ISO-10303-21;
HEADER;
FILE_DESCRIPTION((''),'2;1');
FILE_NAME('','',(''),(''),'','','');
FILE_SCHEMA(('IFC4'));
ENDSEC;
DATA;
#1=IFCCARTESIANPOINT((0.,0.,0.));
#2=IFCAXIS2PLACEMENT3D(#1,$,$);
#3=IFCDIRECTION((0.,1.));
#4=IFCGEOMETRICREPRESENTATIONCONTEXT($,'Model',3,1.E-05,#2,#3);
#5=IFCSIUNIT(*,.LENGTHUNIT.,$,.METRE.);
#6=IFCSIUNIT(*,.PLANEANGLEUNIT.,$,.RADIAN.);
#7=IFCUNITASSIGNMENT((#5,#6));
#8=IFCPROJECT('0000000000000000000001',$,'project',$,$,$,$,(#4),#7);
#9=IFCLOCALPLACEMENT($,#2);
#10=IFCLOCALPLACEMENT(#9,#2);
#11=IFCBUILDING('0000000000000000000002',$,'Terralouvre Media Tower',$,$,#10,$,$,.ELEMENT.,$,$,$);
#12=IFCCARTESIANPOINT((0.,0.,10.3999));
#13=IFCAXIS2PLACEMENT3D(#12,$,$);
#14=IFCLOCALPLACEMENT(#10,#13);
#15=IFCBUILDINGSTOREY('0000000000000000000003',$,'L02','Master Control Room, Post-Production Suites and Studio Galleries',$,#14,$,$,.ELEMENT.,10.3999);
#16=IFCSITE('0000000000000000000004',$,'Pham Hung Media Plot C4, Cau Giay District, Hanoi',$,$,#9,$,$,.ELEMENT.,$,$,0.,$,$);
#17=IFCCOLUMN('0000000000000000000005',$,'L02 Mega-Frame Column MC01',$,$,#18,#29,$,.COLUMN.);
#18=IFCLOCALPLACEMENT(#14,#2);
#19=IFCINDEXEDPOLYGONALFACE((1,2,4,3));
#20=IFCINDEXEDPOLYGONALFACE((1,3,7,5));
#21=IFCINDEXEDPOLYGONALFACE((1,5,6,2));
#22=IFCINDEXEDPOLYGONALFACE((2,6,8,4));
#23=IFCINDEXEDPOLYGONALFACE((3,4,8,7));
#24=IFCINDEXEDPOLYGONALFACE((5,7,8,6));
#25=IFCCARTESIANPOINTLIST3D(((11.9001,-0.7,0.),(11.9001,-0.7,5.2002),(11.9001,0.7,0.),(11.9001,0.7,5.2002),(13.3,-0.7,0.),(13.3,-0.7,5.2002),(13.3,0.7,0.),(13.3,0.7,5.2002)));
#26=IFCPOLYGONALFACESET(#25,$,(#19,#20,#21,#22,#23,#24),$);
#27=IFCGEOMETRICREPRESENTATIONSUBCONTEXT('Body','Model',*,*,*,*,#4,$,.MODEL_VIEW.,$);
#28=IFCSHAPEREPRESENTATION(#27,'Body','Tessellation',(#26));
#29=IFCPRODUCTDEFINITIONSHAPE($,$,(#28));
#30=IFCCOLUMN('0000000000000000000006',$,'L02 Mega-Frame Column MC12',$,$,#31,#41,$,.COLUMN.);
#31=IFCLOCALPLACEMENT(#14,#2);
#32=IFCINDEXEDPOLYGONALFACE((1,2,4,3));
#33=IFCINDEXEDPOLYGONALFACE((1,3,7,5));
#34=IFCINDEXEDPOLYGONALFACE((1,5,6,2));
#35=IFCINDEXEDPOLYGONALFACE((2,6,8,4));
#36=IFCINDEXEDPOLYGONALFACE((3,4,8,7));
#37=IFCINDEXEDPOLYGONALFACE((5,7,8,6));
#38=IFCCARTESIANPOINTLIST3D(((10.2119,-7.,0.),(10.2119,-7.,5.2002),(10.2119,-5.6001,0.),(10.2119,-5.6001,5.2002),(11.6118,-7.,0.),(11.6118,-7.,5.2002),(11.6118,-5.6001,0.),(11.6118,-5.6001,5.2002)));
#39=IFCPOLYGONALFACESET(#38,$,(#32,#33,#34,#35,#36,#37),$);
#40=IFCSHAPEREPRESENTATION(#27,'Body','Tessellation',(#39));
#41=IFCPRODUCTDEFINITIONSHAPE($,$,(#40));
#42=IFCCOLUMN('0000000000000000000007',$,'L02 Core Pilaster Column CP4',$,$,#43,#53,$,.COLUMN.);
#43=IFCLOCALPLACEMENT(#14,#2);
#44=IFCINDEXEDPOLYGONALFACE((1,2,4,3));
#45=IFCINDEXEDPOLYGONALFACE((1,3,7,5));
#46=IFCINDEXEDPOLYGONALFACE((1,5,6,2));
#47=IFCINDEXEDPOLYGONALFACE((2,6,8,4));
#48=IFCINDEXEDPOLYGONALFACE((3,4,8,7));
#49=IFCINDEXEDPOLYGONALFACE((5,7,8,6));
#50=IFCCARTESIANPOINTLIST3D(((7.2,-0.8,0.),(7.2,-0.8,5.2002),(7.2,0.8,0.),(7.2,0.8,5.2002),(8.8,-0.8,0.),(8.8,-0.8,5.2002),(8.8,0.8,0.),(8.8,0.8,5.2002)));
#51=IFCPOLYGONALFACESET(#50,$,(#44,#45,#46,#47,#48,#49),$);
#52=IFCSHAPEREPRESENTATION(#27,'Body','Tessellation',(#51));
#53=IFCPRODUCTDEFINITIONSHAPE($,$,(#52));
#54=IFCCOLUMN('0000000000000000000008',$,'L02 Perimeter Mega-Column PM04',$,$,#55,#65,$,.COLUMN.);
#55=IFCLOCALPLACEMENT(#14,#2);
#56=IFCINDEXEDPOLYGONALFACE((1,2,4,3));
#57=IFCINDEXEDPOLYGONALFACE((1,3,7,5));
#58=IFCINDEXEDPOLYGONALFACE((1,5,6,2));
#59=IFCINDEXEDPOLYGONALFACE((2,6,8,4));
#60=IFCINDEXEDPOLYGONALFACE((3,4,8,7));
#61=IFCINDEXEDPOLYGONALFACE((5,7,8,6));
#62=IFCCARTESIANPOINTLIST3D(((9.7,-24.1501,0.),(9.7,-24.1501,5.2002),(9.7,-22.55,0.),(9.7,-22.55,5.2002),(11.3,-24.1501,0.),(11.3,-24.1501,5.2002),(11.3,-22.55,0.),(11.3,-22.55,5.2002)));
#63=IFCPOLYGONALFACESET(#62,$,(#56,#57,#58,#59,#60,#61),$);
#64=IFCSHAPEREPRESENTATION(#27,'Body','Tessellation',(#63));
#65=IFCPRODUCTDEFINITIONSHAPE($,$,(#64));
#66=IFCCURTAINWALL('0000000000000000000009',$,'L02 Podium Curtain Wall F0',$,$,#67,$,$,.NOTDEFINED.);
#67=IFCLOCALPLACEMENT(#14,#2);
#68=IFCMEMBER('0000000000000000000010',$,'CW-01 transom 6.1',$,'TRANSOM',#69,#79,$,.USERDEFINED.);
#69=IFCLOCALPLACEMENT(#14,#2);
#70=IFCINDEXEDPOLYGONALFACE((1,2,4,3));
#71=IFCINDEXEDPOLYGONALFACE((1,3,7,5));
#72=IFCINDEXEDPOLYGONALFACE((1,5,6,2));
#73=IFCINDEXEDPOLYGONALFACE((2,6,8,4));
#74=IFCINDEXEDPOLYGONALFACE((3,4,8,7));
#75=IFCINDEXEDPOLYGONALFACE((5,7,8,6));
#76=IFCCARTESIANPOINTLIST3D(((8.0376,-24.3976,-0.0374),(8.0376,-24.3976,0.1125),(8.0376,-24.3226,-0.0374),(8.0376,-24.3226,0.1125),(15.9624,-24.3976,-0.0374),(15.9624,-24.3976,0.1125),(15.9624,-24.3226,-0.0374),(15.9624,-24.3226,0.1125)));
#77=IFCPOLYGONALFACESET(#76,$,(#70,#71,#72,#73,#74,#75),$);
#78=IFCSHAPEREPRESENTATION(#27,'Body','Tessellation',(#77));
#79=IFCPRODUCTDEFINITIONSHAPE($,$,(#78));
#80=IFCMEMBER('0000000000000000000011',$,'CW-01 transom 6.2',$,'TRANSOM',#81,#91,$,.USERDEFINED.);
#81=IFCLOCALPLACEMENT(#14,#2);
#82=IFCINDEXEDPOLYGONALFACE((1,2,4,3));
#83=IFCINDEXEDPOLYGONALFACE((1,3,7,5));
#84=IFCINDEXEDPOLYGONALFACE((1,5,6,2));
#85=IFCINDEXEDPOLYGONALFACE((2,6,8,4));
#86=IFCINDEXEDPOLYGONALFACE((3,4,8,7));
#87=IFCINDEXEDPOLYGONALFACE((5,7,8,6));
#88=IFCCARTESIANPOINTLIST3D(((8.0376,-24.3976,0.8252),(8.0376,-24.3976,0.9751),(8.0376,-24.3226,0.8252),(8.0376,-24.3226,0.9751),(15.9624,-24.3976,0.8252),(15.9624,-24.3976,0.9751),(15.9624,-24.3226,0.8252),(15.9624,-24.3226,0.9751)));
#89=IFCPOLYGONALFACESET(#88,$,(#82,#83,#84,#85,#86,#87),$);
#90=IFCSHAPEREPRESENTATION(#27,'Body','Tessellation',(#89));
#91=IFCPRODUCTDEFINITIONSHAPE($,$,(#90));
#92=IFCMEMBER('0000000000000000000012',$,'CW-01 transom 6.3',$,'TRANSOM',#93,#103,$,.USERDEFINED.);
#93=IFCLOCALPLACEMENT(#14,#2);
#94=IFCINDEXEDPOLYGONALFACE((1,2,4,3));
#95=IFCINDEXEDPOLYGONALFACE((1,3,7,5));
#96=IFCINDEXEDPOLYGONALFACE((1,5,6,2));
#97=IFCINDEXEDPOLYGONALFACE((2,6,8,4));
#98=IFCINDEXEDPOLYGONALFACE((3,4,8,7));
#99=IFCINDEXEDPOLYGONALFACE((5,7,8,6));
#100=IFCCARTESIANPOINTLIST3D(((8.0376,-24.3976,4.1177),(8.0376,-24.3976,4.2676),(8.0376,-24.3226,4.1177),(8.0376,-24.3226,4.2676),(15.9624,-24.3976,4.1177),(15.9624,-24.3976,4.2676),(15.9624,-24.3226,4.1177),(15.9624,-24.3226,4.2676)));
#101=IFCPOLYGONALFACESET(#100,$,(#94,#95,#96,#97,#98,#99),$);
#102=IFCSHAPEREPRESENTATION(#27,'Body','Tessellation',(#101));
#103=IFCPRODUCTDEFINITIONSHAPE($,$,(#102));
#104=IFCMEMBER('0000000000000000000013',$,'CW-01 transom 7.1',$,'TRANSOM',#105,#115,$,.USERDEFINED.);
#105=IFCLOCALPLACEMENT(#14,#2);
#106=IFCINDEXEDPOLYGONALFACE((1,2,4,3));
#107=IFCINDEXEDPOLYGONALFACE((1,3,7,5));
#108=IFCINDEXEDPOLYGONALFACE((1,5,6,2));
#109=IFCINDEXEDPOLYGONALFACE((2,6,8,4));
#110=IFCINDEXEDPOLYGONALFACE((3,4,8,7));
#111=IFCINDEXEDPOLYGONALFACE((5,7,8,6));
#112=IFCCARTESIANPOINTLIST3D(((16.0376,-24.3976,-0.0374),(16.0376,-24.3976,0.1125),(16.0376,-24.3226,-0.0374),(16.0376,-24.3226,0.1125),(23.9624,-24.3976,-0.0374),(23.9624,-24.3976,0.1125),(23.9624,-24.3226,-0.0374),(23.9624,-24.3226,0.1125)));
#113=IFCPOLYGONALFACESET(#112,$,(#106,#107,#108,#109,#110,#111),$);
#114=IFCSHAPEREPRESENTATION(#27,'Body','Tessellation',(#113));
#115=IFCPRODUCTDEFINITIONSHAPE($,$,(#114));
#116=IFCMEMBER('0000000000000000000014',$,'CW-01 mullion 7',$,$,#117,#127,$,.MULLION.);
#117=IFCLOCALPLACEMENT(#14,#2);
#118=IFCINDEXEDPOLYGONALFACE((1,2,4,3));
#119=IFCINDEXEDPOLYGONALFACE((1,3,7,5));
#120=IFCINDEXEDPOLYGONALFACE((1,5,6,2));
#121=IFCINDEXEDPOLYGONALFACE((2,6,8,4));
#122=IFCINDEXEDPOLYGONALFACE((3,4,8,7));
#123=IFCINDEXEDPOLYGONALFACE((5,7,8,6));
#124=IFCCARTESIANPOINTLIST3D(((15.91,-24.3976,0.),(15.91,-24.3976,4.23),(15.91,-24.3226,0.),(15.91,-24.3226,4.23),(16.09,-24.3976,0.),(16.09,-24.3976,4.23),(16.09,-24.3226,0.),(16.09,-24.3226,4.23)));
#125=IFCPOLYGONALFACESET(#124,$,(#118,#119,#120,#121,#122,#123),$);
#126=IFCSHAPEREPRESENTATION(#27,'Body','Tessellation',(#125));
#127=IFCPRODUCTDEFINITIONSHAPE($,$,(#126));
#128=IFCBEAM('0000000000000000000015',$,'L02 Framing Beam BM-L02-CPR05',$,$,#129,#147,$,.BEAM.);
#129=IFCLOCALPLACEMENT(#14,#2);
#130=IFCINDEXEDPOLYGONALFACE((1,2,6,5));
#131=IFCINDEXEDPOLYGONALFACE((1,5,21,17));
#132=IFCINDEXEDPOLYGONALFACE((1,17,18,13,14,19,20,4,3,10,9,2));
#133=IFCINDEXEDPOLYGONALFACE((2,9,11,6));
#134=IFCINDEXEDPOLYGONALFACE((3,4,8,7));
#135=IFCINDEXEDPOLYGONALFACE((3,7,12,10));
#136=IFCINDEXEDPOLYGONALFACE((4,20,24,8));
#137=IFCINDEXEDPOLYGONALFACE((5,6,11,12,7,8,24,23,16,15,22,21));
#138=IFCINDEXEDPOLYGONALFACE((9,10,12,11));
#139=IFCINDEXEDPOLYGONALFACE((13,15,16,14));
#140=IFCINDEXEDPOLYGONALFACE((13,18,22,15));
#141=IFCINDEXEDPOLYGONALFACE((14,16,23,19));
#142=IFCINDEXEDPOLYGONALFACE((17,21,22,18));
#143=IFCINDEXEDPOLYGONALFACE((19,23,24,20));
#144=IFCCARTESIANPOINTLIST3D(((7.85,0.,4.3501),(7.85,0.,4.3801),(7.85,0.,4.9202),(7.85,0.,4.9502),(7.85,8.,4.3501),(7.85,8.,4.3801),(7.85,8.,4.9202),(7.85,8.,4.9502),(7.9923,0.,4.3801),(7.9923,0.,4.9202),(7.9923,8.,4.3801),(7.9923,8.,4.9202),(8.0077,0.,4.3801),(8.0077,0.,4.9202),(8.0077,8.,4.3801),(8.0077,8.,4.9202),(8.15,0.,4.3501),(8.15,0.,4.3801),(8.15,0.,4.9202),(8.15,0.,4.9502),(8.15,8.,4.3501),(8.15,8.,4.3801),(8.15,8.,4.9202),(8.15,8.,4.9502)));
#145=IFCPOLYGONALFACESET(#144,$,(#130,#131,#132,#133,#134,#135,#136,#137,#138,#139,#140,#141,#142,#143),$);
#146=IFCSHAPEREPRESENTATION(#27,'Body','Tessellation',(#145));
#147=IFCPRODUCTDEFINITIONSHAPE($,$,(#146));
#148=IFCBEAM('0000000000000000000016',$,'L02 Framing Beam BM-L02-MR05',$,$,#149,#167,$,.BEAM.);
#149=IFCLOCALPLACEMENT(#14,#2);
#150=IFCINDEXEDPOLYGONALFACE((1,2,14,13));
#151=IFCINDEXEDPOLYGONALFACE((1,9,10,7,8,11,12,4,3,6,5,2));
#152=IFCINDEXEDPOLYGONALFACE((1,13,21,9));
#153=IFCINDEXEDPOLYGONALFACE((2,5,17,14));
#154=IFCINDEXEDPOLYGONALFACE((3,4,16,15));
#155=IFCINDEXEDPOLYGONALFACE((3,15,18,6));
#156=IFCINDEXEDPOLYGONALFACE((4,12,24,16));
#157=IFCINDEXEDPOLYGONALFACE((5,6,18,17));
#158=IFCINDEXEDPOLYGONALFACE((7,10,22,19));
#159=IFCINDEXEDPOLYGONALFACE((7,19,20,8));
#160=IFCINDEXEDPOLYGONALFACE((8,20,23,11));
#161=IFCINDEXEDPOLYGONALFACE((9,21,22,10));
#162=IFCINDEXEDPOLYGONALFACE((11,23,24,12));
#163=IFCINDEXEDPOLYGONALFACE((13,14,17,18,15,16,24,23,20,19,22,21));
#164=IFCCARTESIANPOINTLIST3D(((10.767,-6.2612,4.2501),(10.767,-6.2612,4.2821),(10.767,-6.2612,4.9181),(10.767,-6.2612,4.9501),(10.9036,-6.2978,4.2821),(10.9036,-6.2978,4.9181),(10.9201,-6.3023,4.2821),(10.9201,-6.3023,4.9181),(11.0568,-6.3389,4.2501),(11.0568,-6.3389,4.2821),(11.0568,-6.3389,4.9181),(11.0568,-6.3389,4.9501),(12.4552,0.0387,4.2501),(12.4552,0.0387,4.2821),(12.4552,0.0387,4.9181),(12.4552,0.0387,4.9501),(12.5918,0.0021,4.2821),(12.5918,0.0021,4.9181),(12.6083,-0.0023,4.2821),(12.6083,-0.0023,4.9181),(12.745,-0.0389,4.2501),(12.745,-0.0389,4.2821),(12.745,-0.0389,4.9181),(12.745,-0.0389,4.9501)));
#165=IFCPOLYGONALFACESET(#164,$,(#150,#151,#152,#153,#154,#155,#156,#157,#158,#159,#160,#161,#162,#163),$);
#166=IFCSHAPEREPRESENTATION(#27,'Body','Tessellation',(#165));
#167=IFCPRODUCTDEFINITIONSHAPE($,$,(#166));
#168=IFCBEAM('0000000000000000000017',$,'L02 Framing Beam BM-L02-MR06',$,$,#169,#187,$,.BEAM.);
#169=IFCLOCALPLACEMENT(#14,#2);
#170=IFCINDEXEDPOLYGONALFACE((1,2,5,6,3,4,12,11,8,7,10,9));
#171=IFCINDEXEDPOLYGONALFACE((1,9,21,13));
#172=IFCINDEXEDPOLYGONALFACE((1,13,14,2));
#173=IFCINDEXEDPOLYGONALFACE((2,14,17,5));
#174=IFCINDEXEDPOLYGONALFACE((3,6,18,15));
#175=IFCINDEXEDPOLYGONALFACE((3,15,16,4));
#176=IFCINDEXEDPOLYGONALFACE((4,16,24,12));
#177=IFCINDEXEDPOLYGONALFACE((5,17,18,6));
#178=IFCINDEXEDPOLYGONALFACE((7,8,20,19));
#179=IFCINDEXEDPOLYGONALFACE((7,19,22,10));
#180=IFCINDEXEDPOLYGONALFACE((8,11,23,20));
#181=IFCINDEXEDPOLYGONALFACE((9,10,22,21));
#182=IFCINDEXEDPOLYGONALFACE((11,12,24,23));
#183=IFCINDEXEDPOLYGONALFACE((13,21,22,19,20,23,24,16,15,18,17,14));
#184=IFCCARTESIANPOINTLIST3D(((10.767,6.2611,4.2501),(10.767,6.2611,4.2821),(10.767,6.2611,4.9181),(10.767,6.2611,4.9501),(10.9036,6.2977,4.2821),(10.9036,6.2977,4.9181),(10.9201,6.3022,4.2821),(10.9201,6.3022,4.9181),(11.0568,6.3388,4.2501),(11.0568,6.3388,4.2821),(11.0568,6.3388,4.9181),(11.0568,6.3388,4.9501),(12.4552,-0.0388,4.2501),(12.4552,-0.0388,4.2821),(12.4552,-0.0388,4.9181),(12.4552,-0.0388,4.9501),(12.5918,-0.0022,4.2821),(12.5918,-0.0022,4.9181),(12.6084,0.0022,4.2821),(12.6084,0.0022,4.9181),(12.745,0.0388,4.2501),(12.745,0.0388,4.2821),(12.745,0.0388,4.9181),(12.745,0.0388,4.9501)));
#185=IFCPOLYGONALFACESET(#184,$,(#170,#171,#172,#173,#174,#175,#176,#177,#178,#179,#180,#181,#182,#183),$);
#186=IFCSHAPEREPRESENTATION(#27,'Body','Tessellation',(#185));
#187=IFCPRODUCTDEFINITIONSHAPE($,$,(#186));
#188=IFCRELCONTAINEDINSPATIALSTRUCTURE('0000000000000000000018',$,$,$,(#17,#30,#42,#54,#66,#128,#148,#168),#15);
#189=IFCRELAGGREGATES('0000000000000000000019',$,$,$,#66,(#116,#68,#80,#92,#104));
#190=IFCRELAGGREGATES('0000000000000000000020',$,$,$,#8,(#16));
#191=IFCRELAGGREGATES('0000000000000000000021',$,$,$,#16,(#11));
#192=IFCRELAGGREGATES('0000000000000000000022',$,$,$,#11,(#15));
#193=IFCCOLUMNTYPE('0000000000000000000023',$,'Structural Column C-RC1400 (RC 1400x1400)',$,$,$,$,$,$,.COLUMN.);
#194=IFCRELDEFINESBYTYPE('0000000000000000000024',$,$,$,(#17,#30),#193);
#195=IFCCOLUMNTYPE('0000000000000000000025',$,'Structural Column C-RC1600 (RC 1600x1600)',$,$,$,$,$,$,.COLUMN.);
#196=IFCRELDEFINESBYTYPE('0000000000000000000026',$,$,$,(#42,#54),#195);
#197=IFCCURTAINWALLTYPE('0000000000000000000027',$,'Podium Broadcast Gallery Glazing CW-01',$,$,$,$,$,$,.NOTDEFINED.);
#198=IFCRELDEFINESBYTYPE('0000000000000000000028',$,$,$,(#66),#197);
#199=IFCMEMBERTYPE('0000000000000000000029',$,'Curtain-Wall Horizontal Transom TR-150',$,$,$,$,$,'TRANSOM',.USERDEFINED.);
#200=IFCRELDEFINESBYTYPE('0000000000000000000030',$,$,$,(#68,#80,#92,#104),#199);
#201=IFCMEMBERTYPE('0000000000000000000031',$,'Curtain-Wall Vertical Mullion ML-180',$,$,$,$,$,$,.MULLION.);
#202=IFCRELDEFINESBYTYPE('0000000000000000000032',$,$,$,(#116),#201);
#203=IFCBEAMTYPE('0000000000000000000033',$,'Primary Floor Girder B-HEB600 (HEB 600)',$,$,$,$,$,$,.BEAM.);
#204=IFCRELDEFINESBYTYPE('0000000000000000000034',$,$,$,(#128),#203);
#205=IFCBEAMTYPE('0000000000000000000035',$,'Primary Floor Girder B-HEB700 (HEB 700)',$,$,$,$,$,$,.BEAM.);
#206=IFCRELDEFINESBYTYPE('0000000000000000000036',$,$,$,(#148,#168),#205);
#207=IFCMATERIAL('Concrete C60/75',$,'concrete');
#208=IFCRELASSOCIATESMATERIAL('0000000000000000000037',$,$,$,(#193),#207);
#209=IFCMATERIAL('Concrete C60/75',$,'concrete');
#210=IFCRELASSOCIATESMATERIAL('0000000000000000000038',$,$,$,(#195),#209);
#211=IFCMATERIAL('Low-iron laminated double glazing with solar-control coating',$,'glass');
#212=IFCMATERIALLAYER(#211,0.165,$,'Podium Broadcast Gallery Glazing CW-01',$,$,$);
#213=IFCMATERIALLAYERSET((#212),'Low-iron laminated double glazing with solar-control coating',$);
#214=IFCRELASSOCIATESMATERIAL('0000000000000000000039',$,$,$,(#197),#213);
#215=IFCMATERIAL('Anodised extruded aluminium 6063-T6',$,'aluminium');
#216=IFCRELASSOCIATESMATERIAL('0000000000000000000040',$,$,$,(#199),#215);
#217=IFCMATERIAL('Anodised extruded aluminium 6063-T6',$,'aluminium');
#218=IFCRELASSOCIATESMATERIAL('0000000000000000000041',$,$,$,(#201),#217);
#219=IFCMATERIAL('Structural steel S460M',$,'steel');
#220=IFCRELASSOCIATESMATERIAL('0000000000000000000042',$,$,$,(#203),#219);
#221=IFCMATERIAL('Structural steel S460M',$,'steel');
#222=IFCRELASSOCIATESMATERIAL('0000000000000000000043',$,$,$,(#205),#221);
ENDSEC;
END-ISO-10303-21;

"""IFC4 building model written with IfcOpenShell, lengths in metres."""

from ifc_helpers import new_model, si_unit, direction, frame, origin, origin_2d, place, context, subcontext, project, spatial, rectangle, i_section, extrude, material, layer, layer_set, material_profile, profile_set, type_object, element, aggregate, save


model = new_model("IFC4")

# Units and contexts
model_context = context("Model", 3, precision=1e-05, world=origin(), true_north=direction((0.0, 1.0)))
body_context = subcontext(model_context, "Body", "Model", "MODEL_VIEW")
ifc_project = project(units=[si_unit("LENGTHUNIT", "METRE"), si_unit("PLANEANGLEUNIT", "RADIAN")], contexts=[model_context])

# Site, building, storey
site_placement = place(None, origin())
site = spatial("IfcSite", under=ifc_project, at=site_placement, Name="Pham Hung Media Plot C4, Cau Giay District, Hanoi", CompositionType="ELEMENT", RefElevation=0.0)
building_placement = place(site_placement, origin())
building = spatial("IfcBuilding", under=site, at=building_placement, Name="Terralouvre Media Tower", CompositionType="ELEMENT")
storey_placement = place(building_placement, frame((0.0, 0.0, 10.3999)))
storey = spatial("IfcBuildingStorey", under=building, at=storey_placement, Name="L02", Description="Master Control Room, Post-Production Suites and Studio Galleries", CompositionType="ELEMENT", Elevation=10.3999)

# Columns
ifc_material_1 = material(Name="Concrete C60/75", Category="concrete")
ifc_material_profile_1 = material_profile(ifc_material_1, rectangle(XDim=1.3999, YDim=1.3999, at=origin_2d()), Name="RC 1400x1400")
ifc_profile_set_1 = profile_set([ifc_material_profile_1], Name="Concrete C60/75")
column_type_1 = type_object("IfcColumnType", Name="Structural Column C-RC1400 (RC 1400x1400)", PredefinedType="COLUMN", material=ifc_profile_set_1)
for number, where, z_axis, x_axis, name in (
    (1, (12.6001, 0.0, 0.0), (0.0, 0.0, 1.0), (1.0, 0.0, 0.0), "L02 Mega-Frame Column MC01"),
    (2, (10.9119, -6.3, 0.0), (0.0, 0.0, 1.0), (1.0, 0.0, 0.0), "L02 Mega-Frame Column MC12"),
):
    element("IfcColumn", number, at=place(storey_placement, frame(where, z_axis=z_axis, x_axis=x_axis)), inside=storey, type_object=column_type_1, Name=name, PredefinedType="COLUMN", context=body_context, shape_type="SweptSolid", body=[
        extrude(rectangle(XDim=1.3999, YDim=1.3999, at=origin_2d()), origin(), (0.0, 0.0, 1.0), 5.2002),
    ])
ifc_material_2 = material(Name="Concrete C60/75", Category="concrete")
ifc_material_profile_2 = material_profile(ifc_material_2, rectangle(XDim=1.6001, YDim=1.6001, at=origin_2d()), Name="RC 1600x1600")
ifc_profile_set_2 = profile_set([ifc_material_profile_2], Name="Concrete C60/75")
column_type_2 = type_object("IfcColumnType", Name="Structural Column C-RC1600 (RC 1600x1600)", PredefinedType="COLUMN", material=ifc_profile_set_2)
for number, where, z_axis, x_axis, name in (
    (3, (8.0, 0.0, 0.0), (0.0, 0.0, 1.0), (1.0, 0.0, 0.0), "L02 Core Pilaster Column CP4"),
    (4, (10.5, -23.3501, 0.0), (0.0, 0.0, 1.0), (1.0, 0.0, 0.0), "L02 Perimeter Mega-Column PM04"),
):
    element("IfcColumn", number, at=place(storey_placement, frame(where, z_axis=z_axis, x_axis=x_axis)), inside=storey, type_object=column_type_2, Name=name, PredefinedType="COLUMN", context=body_context, shape_type="SweptSolid", body=[
        extrude(rectangle(XDim=1.6001, YDim=1.6001, at=origin_2d()), origin(), (0.0, 0.0, 1.0), 5.2002),
    ])

# Curtain wall, members
ifc_material_3 = material(Name="Low-iron laminated double glazing with solar-control coating", Category="glass")
ifc_layer_1 = layer(ifc_material_3, 0.165, Name="Podium Broadcast Gallery Glazing CW-01")
ifc_layer_set_1 = layer_set([ifc_layer_1], Name="Low-iron laminated double glazing with solar-control coating")
curtain_wall_type = type_object("IfcCurtainWallType", Name="Podium Broadcast Gallery Glazing CW-01", PredefinedType="NOTDEFINED", material=ifc_layer_set_1)
curtain_wall_placement = place(storey_placement, origin())
curtain_wall = element("IfcCurtainWall", 5, at=curtain_wall_placement, inside=storey, type_object=curtain_wall_type, Name="L02 Podium Curtain Wall F0", PredefinedType="NOTDEFINED")
ifc_material_4 = material(Name="Anodised extruded aluminium 6063-T6", Category="aluminium")
ifc_material_profile_3 = material_profile(ifc_material_4, rectangle(XDim=0.075, YDim=0.1499, at=origin_2d()), Name="ALU 75x150")
ifc_profile_set_3 = profile_set([ifc_material_profile_3], Name="Anodised extruded aluminium 6063-T6")
member_type_1 = type_object("IfcMemberType", Name="Curtain-Wall Horizontal Transom TR-150", ElementType="TRANSOM", PredefinedType="USERDEFINED", material=ifc_profile_set_3)
member_1_placement = place(storey_placement, frame((8.0376, -24.3601, 0.0376), z_axis=(1.0, 0.0, 0.0), x_axis=(0.0, 1.0, 0.0)))
member_1 = element("IfcMember", 6, at=member_1_placement, type_object=member_type_1, Name="CW-01 transom 6.1", ObjectType="TRANSOM", PredefinedType="USERDEFINED", context=body_context, shape_type="SweptSolid", body=[
    extrude(rectangle(XDim=0.075, YDim=0.1499, at=origin_2d()), origin(), (0.0, 0.0, 1.0), 7.9248),
])
member_2_placement = place(storey_placement, frame((8.0376, -24.3601, 0.9001), z_axis=(1.0, 0.0, 0.0), x_axis=(0.0, 1.0, 0.0)))
member_2 = element("IfcMember", 7, at=member_2_placement, type_object=member_type_1, Name="CW-01 transom 6.2", ObjectType="TRANSOM", PredefinedType="USERDEFINED", context=body_context, shape_type="SweptSolid", body=[
    extrude(rectangle(XDim=0.075, YDim=0.1499, at=origin_2d()), origin(), (0.0, 0.0, 1.0), 7.9248),
])
member_3_placement = place(storey_placement, frame((8.0376, -24.3601, 4.1926), z_axis=(1.0, 0.0, 0.0), x_axis=(0.0, 1.0, 0.0)))
member_3 = element("IfcMember", 8, at=member_3_placement, type_object=member_type_1, Name="CW-01 transom 6.3", ObjectType="TRANSOM", PredefinedType="USERDEFINED", context=body_context, shape_type="SweptSolid", body=[
    extrude(rectangle(XDim=0.075, YDim=0.1499, at=origin_2d()), origin(), (0.0, 0.0, 1.0), 7.9248),
])
member_4_placement = place(storey_placement, frame((16.0376, -24.3601, 0.0376), z_axis=(1.0, 0.0, 0.0), x_axis=(0.0, 1.0, 0.0)))
member_4 = element("IfcMember", 9, at=member_4_placement, type_object=member_type_1, Name="CW-01 transom 7.1", ObjectType="TRANSOM", PredefinedType="USERDEFINED", context=body_context, shape_type="SweptSolid", body=[
    extrude(rectangle(XDim=0.075, YDim=0.1499, at=origin_2d()), origin(), (0.0, 0.0, 1.0), 7.9248),
])
ifc_material_5 = material(Name="Anodised extruded aluminium 6063-T6", Category="aluminium")
ifc_material_profile_4 = material_profile(ifc_material_5, rectangle(XDim=0.075, YDim=0.1799, at=origin_2d()), Name="ALU 75x180")
ifc_profile_set_4 = profile_set([ifc_material_profile_4], Name="Anodised extruded aluminium 6063-T6")
member_type_2 = type_object("IfcMemberType", Name="Curtain-Wall Vertical Mullion ML-180", PredefinedType="MULLION", material=ifc_profile_set_4)
member_5_placement = place(storey_placement, frame((16.0, -24.3601, 0.0), z_axis=(0.0, 0.0, 1.0), x_axis=(0.0, 1.0, 0.0)))
member_5 = element("IfcMember", 10, at=member_5_placement, type_object=member_type_2, Name="CW-01 mullion 7", PredefinedType="MULLION", context=body_context, shape_type="SweptSolid", body=[
    extrude(rectangle(XDim=0.075, YDim=0.1799, at=origin_2d()), origin(), (0.0, 0.0, 1.0), 4.23),
])

# Beams
ifc_material_6 = material(Name="Structural steel S460M", Category="steel")
ifc_material_profile_5 = material_profile(ifc_material_6, i_section(OverallWidth=0.3, OverallDepth=0.6001, WebThickness=0.0154, FlangeThickness=0.03, at=origin_2d()), Name="HEB 600")
ifc_profile_set_5 = profile_set([ifc_material_profile_5], Name="Structural steel S460M")
beam_type_1 = type_object("IfcBeamType", Name="Primary Floor Girder B-HEB600 (HEB 600)", PredefinedType="BEAM", material=ifc_profile_set_5)
beam_1_placement = place(storey_placement, frame((8.0, 0.0, 4.6501), z_axis=(0.0, 1.0, 0.0), x_axis=(-1.0, 0.0, 0.0)))
element("IfcBeam", 11, at=beam_1_placement, inside=storey, type_object=beam_type_1, Name="L02 Framing Beam BM-L02-CPR05", PredefinedType="BEAM", context=body_context, shape_type="SweptSolid", body=[
    extrude(i_section(OverallWidth=0.3, OverallDepth=0.6001, WebThickness=0.0154, FlangeThickness=0.03, at=origin_2d()), origin(), (0.0, 0.0, 1.0), 8.0),
])
ifc_material_7 = material(Name="Structural steel S460M", Category="steel")
ifc_material_profile_6 = material_profile(ifc_material_7, i_section(OverallWidth=0.3, OverallDepth=0.7, WebThickness=0.0171, FlangeThickness=0.032, at=origin_2d()), Name="HEB 700")
ifc_profile_set_6 = profile_set([ifc_material_profile_6], Name="Structural steel S460M")
beam_type_2 = type_object("IfcBeamType", Name="Primary Floor Girder B-HEB700 (HEB 700)", PredefinedType="BEAM", material=ifc_profile_set_6)
for number, where, z_axis, x_axis, name in (
    (12, (10.9119, -6.3, 4.6001), (0.258839, 0.96592, 0.0), (-0.96592, 0.258839, 0.0), "L02 Framing Beam BM-L02-MR05"),
    (13, (12.6001, 0.0, 4.6001), (-0.258839, 0.96592, 0.0), (-0.96592, -0.258839, 0.0), "L02 Framing Beam BM-L02-MR06"),
):
    element("IfcBeam", number, at=place(storey_placement, frame(where, z_axis=z_axis, x_axis=x_axis)), inside=storey, type_object=beam_type_2, Name=name, PredefinedType="BEAM", context=body_context, shape_type="SweptSolid", body=[
        extrude(i_section(OverallWidth=0.3, OverallDepth=0.7, WebThickness=0.0171, FlangeThickness=0.032, at=origin_2d()), origin(), (0.0, 0.0, 1.0), 6.5222),
    ])

aggregate(curtain_wall, [member_5, member_1, member_2, member_3, member_4])

save(model, "model.ifc")
